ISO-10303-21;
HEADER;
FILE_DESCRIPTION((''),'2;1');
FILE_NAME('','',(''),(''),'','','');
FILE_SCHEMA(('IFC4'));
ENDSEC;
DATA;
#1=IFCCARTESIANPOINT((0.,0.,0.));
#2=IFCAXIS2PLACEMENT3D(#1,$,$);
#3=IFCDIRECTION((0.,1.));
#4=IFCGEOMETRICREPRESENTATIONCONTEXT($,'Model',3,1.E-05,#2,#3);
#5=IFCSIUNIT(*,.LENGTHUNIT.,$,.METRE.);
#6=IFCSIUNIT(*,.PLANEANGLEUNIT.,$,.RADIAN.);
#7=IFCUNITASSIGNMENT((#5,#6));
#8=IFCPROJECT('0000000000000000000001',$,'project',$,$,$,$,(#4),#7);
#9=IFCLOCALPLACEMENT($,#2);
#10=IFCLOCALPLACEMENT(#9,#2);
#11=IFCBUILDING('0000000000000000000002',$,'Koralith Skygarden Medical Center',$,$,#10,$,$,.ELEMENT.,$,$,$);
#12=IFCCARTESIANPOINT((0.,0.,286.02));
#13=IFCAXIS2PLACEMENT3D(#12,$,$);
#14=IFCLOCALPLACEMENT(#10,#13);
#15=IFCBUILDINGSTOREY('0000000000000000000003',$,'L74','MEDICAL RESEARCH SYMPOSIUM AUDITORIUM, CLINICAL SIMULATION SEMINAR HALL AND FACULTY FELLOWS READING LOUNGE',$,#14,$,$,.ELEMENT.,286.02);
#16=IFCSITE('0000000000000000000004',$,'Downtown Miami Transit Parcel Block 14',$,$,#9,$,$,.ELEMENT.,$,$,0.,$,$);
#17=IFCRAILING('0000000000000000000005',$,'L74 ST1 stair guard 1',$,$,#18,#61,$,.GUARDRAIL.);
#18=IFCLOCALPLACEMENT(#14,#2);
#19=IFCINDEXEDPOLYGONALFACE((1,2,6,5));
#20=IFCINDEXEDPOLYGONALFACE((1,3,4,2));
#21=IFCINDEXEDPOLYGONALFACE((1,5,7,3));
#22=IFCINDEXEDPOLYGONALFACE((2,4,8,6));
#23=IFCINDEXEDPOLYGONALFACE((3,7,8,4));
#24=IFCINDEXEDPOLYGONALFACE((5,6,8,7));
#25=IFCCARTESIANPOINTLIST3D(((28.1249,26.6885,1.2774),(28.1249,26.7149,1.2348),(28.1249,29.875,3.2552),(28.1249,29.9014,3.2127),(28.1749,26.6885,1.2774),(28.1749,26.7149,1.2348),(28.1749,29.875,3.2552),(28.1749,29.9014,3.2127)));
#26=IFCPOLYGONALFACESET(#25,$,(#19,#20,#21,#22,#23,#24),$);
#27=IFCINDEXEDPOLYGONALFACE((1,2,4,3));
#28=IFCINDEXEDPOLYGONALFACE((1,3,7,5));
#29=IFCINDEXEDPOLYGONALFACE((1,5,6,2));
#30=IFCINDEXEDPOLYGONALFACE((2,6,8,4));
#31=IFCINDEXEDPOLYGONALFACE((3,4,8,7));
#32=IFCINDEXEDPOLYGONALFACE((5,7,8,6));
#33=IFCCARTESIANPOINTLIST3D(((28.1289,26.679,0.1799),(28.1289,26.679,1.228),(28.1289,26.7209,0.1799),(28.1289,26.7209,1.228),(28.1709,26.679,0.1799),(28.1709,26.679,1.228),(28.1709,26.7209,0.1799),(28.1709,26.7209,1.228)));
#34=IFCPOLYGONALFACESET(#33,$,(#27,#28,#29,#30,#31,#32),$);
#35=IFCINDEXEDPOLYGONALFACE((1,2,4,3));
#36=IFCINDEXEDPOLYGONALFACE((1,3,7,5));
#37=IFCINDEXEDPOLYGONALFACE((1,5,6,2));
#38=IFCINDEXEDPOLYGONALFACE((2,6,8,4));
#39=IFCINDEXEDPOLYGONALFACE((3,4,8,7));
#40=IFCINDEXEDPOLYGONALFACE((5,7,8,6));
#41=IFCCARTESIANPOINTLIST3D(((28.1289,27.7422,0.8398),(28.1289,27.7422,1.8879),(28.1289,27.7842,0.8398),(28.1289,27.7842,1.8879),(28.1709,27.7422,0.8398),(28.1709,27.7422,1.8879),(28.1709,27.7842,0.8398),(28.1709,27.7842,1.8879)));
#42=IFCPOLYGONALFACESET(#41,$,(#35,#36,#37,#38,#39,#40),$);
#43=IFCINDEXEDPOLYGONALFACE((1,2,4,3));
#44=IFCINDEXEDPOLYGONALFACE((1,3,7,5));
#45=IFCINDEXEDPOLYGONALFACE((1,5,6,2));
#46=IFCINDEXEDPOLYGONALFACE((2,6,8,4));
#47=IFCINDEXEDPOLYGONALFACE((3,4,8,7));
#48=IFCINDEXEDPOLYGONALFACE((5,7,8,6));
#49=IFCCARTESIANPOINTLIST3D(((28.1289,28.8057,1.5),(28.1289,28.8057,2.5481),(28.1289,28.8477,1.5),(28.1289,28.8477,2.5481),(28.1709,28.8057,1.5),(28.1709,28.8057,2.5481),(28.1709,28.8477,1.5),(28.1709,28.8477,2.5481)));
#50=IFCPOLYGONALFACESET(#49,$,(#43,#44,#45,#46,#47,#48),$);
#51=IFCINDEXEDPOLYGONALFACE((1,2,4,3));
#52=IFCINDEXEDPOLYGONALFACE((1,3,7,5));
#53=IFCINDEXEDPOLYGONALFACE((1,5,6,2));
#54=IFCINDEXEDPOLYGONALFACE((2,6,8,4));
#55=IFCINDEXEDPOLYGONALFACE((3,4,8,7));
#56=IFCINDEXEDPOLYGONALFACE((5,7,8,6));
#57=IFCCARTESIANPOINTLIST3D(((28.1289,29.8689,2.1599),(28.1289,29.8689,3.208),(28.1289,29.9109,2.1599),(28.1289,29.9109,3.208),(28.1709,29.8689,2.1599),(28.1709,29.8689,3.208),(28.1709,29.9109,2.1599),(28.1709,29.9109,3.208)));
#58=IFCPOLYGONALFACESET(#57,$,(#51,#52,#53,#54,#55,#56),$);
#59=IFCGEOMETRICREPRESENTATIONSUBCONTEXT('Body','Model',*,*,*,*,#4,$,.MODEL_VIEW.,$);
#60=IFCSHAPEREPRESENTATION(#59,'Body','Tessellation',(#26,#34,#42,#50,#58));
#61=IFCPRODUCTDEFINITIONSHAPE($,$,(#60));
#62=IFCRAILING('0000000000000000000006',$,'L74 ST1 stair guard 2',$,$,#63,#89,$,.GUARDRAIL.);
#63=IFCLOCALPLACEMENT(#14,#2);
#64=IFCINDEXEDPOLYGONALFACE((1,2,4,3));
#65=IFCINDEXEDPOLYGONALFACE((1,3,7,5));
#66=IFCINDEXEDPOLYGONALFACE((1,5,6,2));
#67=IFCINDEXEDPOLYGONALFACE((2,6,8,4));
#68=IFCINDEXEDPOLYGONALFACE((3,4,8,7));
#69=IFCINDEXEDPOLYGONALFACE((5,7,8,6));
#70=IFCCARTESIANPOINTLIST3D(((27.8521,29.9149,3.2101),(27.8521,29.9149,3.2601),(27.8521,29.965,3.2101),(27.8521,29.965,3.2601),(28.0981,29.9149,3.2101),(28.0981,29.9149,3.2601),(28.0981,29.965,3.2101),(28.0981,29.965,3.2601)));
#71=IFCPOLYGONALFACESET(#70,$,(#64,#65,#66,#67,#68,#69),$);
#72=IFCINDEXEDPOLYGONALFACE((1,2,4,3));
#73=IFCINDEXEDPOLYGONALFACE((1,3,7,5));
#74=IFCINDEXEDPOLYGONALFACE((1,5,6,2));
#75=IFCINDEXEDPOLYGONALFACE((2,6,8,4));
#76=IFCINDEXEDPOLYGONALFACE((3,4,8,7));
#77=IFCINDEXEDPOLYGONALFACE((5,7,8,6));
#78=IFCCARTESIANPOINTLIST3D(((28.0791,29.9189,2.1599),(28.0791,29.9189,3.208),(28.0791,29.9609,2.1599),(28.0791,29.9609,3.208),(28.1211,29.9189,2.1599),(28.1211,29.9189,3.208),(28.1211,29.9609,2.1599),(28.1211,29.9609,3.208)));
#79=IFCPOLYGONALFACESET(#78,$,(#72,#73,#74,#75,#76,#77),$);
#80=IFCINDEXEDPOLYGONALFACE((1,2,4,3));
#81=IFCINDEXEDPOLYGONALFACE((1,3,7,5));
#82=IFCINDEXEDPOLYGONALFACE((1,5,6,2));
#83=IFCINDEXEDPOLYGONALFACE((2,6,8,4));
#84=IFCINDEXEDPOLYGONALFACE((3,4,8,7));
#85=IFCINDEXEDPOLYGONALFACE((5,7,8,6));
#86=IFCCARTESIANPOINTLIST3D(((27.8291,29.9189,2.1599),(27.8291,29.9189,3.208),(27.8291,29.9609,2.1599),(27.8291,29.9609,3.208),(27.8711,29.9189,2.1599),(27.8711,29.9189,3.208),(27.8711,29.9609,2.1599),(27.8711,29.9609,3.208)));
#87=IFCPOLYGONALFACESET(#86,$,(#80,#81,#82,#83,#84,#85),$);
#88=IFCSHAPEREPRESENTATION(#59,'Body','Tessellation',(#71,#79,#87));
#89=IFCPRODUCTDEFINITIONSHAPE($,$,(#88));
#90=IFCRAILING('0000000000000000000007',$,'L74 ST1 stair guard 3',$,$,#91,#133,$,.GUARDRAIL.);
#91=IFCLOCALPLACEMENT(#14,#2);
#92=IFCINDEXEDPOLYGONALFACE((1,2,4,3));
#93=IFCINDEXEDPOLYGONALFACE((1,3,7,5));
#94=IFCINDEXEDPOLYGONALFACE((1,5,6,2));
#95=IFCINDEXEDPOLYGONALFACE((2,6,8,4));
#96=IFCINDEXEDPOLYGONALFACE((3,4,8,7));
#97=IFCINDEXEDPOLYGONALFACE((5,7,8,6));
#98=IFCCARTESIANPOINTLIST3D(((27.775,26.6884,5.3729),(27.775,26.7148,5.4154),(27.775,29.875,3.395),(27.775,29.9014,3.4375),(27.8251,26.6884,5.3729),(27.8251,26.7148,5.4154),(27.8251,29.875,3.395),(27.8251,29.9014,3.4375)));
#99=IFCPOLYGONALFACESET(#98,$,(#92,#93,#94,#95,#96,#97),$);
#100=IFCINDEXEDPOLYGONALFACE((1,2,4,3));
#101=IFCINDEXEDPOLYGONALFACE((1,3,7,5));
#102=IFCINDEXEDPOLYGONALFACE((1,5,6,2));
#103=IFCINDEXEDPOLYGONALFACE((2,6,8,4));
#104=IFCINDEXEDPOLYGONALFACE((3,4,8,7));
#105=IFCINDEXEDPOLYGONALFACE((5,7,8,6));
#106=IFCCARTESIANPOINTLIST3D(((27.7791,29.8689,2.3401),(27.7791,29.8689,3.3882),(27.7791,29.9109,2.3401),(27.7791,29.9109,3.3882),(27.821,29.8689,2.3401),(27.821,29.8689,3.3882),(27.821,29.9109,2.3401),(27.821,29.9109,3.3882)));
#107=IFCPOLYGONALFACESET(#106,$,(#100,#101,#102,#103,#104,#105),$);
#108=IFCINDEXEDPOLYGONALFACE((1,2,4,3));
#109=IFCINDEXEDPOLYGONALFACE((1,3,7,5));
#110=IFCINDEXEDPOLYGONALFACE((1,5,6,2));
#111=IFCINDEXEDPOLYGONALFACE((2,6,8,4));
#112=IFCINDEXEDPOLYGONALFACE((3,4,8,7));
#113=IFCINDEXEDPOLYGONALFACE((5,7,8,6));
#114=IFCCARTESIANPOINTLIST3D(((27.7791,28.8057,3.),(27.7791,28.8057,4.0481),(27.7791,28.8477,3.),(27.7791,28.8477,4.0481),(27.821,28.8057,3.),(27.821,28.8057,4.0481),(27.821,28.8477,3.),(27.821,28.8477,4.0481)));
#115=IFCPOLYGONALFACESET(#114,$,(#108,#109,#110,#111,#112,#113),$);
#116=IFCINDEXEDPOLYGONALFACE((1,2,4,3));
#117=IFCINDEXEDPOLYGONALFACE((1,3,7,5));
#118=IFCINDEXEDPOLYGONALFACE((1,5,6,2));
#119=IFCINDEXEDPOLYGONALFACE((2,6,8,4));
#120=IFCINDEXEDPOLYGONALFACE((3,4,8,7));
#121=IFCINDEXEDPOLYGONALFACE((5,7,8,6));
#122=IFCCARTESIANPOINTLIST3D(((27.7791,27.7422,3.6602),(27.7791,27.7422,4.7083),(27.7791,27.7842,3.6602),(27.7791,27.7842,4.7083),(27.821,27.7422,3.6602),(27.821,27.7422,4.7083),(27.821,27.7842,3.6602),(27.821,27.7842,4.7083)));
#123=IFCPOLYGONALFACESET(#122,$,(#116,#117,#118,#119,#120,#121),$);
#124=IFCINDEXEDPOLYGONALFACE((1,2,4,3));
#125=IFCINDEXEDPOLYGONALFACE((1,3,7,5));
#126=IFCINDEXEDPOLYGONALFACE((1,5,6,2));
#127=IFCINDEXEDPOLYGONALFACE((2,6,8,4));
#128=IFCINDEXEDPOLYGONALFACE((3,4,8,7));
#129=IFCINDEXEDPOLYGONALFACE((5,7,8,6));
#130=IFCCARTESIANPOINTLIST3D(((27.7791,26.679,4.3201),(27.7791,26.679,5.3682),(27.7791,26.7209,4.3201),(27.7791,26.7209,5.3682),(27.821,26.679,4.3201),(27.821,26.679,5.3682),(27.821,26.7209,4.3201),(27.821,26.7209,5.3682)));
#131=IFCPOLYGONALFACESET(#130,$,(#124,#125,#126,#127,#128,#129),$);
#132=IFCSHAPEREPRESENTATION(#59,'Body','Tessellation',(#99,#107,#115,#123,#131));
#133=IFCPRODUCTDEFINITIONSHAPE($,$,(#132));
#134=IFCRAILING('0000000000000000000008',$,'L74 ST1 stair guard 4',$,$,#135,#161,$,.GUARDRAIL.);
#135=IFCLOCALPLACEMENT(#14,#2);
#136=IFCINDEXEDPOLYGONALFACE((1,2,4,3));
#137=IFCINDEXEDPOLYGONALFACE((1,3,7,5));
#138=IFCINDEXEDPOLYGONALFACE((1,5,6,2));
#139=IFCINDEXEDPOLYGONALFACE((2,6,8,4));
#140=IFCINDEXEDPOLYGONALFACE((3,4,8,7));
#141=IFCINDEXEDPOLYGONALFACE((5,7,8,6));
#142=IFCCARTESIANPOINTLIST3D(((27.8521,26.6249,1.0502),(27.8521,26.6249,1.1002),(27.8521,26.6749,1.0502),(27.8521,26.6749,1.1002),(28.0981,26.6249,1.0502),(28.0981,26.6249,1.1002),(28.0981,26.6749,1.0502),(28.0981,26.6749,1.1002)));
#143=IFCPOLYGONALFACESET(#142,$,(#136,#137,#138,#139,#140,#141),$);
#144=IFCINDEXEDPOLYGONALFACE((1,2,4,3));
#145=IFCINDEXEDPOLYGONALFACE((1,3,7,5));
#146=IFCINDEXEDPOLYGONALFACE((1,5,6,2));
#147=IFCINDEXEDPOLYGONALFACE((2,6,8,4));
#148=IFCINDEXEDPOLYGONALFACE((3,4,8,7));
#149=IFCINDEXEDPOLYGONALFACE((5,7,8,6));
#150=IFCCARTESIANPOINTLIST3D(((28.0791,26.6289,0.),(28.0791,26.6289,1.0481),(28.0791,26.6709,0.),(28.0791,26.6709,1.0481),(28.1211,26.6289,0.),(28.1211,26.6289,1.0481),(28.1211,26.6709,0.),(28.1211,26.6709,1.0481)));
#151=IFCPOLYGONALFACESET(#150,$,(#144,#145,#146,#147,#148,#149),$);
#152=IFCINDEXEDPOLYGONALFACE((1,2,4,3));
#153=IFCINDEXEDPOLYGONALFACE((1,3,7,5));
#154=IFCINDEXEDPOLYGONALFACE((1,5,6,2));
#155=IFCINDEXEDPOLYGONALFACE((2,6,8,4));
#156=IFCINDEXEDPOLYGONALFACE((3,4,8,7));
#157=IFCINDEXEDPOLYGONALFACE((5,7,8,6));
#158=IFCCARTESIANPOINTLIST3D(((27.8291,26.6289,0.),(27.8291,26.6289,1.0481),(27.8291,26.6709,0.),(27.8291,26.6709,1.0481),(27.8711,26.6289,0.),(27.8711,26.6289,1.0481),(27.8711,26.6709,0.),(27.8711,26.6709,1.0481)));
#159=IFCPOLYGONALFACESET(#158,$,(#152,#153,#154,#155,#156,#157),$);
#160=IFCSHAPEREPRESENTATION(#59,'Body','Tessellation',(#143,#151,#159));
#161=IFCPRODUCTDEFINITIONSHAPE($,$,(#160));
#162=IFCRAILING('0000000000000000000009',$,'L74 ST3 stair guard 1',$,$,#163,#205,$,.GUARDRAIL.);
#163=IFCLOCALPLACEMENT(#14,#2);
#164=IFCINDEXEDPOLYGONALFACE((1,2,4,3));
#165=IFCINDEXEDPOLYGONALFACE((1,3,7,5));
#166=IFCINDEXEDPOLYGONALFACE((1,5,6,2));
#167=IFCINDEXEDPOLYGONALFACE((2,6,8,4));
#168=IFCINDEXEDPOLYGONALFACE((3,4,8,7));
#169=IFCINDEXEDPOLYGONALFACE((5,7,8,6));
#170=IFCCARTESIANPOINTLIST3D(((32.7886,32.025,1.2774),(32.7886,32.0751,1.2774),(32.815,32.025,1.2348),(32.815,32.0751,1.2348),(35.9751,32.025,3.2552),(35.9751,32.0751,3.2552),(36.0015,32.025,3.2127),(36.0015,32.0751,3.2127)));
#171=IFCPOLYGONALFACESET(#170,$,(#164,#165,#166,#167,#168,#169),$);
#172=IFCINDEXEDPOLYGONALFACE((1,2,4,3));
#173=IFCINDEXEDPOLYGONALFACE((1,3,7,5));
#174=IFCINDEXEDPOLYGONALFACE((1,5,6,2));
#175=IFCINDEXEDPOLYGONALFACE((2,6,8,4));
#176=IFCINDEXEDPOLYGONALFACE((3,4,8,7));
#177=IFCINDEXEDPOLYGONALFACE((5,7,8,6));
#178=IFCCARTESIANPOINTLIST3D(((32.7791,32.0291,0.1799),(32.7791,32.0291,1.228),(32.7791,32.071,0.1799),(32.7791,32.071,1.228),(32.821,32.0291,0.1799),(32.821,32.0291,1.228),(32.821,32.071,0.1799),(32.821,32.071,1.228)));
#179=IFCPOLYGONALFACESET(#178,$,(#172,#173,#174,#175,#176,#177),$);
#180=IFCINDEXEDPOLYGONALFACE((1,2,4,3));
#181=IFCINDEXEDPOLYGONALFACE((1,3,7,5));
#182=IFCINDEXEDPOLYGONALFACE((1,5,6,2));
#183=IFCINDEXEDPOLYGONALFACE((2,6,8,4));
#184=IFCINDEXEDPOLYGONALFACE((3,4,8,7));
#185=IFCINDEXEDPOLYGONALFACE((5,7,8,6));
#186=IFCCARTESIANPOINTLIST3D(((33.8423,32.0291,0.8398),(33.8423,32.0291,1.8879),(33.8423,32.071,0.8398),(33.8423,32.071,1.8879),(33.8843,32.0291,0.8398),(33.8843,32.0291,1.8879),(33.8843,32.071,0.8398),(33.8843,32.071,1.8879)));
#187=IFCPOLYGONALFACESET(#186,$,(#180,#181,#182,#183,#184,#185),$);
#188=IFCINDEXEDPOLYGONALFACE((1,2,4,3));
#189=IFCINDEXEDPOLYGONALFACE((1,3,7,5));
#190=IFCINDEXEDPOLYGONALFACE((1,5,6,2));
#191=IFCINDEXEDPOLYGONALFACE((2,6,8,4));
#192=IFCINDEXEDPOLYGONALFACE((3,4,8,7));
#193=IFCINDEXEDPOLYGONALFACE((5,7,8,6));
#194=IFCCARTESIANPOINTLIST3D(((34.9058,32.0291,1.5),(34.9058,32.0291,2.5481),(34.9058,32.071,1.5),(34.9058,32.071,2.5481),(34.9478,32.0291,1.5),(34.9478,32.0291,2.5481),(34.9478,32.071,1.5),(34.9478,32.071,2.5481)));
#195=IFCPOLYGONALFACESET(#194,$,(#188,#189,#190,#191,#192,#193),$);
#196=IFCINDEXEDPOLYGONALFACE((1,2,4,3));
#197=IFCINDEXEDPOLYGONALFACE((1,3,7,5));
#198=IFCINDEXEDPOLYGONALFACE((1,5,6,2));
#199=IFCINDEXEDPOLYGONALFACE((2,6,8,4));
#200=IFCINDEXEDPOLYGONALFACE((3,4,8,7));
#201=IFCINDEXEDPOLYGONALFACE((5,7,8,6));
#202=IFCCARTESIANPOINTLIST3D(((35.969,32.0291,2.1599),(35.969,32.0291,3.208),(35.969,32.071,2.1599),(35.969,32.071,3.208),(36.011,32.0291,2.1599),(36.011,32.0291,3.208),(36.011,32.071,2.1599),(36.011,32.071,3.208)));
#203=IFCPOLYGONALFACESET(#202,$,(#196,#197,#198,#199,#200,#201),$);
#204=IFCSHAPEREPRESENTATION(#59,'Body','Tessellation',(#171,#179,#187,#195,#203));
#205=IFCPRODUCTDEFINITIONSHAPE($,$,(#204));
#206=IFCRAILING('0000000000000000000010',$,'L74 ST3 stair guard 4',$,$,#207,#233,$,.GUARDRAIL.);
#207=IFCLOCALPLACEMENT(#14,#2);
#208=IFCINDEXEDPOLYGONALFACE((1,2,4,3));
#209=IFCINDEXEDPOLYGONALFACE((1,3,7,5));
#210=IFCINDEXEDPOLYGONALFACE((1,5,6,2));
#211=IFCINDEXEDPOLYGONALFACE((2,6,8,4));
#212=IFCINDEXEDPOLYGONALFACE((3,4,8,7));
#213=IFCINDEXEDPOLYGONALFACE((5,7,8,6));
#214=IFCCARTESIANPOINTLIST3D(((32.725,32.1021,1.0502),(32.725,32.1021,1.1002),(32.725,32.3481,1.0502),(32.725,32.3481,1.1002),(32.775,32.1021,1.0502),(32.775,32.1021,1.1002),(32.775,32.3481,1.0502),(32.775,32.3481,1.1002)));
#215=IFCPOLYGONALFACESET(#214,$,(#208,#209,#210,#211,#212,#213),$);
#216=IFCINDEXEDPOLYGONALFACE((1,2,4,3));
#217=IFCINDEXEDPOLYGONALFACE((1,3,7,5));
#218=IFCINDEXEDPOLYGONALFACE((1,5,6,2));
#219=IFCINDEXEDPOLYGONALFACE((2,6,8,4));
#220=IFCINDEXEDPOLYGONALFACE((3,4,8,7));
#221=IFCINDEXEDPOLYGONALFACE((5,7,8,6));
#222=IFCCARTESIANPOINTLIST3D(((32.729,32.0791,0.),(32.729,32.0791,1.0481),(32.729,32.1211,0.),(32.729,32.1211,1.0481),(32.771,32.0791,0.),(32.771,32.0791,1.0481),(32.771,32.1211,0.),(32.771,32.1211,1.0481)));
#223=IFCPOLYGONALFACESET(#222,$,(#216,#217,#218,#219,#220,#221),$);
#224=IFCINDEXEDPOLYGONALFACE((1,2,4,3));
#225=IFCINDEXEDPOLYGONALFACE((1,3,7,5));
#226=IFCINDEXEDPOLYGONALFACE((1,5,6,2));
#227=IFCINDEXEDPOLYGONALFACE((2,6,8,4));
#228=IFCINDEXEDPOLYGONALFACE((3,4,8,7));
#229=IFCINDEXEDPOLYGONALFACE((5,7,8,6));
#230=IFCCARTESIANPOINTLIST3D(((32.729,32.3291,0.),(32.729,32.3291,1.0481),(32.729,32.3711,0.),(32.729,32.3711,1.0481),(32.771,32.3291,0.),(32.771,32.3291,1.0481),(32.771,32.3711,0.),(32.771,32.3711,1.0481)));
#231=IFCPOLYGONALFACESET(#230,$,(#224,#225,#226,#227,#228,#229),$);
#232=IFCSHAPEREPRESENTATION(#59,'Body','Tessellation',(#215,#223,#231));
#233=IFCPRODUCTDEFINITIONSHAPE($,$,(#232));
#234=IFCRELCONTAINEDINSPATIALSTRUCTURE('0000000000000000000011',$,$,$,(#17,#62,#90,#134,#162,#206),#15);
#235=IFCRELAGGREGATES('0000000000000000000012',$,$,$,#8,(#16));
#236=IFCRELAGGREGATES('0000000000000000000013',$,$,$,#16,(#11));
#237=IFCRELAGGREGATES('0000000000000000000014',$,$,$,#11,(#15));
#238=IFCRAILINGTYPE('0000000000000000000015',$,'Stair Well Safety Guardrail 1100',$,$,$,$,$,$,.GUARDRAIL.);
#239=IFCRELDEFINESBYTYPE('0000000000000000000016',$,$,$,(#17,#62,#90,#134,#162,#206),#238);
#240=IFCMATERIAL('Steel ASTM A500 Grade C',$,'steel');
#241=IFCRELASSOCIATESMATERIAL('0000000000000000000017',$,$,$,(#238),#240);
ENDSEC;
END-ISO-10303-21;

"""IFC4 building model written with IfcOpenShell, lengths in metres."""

from ifc_helpers import new_model, si_unit, direction, frame, origin, origin_2d, place, context, subcontext, project, spatial, rectangle, extrude, material, type_object, element, save


model = new_model("IFC4")

# Units and contexts
model_context = context("Model", 3, precision=1e-05, world=origin(), true_north=direction((0.0, 1.0)))
body_context = subcontext(model_context, "Body", "Model", "MODEL_VIEW")
ifc_project = project(units=[si_unit("LENGTHUNIT", "METRE"), si_unit("PLANEANGLEUNIT", "RADIAN")], contexts=[model_context])

# Site, building, storey
site_placement = place(None, origin())
site = spatial("IfcSite", under=ifc_project, at=site_placement, Name="Downtown Miami Transit Parcel Block 14", CompositionType="ELEMENT", RefElevation=0.0)
building_placement = place(site_placement, origin())
building = spatial("IfcBuilding", under=site, at=building_placement, Name="Koralith Skygarden Medical Center", CompositionType="ELEMENT")
storey_placement = place(building_placement, frame((0.0, 0.0, 286.02)))
storey = spatial("IfcBuildingStorey", under=building, at=storey_placement, Name="L74", Description="MEDICAL RESEARCH SYMPOSIUM AUDITORIUM, CLINICAL SIMULATION SEMINAR HALL AND FACULTY FELLOWS READING LOUNGE", CompositionType="ELEMENT", Elevation=286.02)

# Railings
ifc_material_1 = material(Name="Steel ASTM A500 Grade C", Category="steel")
railing_type_1 = type_object("IfcRailingType", Name="Stair Well Safety Guardrail 1100", PredefinedType="GUARDRAIL", material=ifc_material_1)
railing_1_placement = place(storey_placement, frame((28.1499, 26.7, 0.1799)))
element("IfcRailing", 1, at=railing_1_placement, inside=storey, type_object=railing_type_1, Name="L74 ST1 stair guard 1", PredefinedType="GUARDRAIL", context=body_context, shape_type="SweptSolid", body=[
    extrude(rectangle(XDim=0.05, YDim=0.05, at=origin_2d()), frame((0.0, 0.0017, 1.0762), z_axis=(0.0, 0.849638, 0.527366), x_axis=(-1.0, 0.0, 0.0)), (0.0, 0.0, 1.0), 3.7505),
    extrude(rectangle(XDim=0.042, YDim=0.042, at=origin_2d()), origin(), (0.0, 0.0, 1.0), 1.0481),
    extrude(rectangle(XDim=0.042, YDim=0.042, at=origin_2d()), frame((0.0, 1.0632, 0.6599)), (0.0, 0.0, 1.0), 1.0481),
    extrude(rectangle(XDim=0.042, YDim=0.042, at=origin_2d()), frame((0.0, 2.1267, 1.3201)), (0.0, 0.0, 1.0), 1.0481),
    extrude(rectangle(XDim=0.042, YDim=0.042, at=origin_2d()), frame((0.0, 3.1899, 1.98)), (0.0, 0.0, 1.0), 1.0481),
])
railing_2_placement = place(storey_placement, frame((28.1001, 29.9399, 2.1599)))
element("IfcRailing", 2, at=railing_2_placement, inside=storey, type_object=railing_type_1, Name="L74 ST1 stair guard 2", PredefinedType="GUARDRAIL", context=body_context, shape_type="SweptSolid", body=[
    extrude(rectangle(XDim=0.05, YDim=0.05, at=origin_2d()), frame((-0.002, 0.0, 1.0752), z_axis=(-1.0, 0.0, 0.0), x_axis=(0.0, -1.0, 0.0)), (0.0, 0.0, 1.0), 0.2461),
    extrude(rectangle(XDim=0.042, YDim=0.042, at=origin_2d()), origin(), (0.0, 0.0, 1.0), 1.0481),
    extrude(rectangle(XDim=0.042, YDim=0.042, at=origin_2d()), frame((-0.25, 0.0, 0.0)), (0.0, 0.0, 1.0), 1.0481),
])
railing_3_placement = place(storey_placement, frame((27.8, 29.8899, 2.3401)))
element("IfcRailing", 3, at=railing_3_placement, inside=storey, type_object=railing_type_1, Name="L74 ST1 stair guard 3", PredefinedType="GUARDRAIL", context=body_context, shape_type="SweptSolid", body=[
    extrude(rectangle(XDim=0.05, YDim=0.05, at=origin_2d()), frame((0.0, -0.0017, 1.0762), z_axis=(0.0, -0.849638, 0.527366), x_axis=(1.0, 0.0, 0.0)), (0.0, 0.0, 1.0), 3.7505),
    extrude(rectangle(XDim=0.042, YDim=0.042, at=origin_2d()), origin(), (0.0, 0.0, 1.0), 1.0481),
    extrude(rectangle(XDim=0.042, YDim=0.042, at=origin_2d()), frame((0.0, -1.0632, 0.6599)), (0.0, 0.0, 1.0), 1.0481),
    extrude(rectangle(XDim=0.042, YDim=0.042, at=origin_2d()), frame((0.0, -2.1267, 1.3201)), (0.0, 0.0, 1.0), 1.0481),
    extrude(rectangle(XDim=0.042, YDim=0.042, at=origin_2d()), frame((0.0, -3.1899, 1.98)), (0.0, 0.0, 1.0), 1.0481),
])
railing_4_placement = place(storey_placement, frame((28.1001, 26.6499, 0.0)))
element("IfcRailing", 4, at=railing_4_placement, inside=storey, type_object=railing_type_1, Name="L74 ST1 stair guard 4", PredefinedType="GUARDRAIL", context=body_context, shape_type="SweptSolid", body=[
    extrude(rectangle(XDim=0.05, YDim=0.05, at=origin_2d()), frame((-0.002, 0.0, 1.0752), z_axis=(-1.0, 0.0, 0.0), x_axis=(0.0, -1.0, 0.0)), (0.0, 0.0, 1.0), 0.2461),
    extrude(rectangle(XDim=0.042, YDim=0.042, at=origin_2d()), origin(), (0.0, 0.0, 1.0), 1.0481),
    extrude(rectangle(XDim=0.042, YDim=0.042, at=origin_2d()), frame((-0.25, 0.0, 0.0)), (0.0, 0.0, 1.0), 1.0481),
])
railing_5_placement = place(storey_placement, frame((32.8, 32.05, 0.1799)))
element("IfcRailing", 5, at=railing_5_placement, inside=storey, type_object=railing_type_1, Name="L74 ST3 stair guard 1", PredefinedType="GUARDRAIL", context=body_context, shape_type="SweptSolid", body=[
    extrude(rectangle(XDim=0.05, YDim=0.05, at=origin_2d()), frame((0.0017, 0.0, 1.0762), z_axis=(0.849638, 0.0, 0.527366), x_axis=(0.0, 1.0, 0.0)), (0.0, 0.0, 1.0), 3.7505),
    extrude(rectangle(XDim=0.042, YDim=0.042, at=origin_2d()), origin(), (0.0, 0.0, 1.0), 1.0481),
    extrude(rectangle(XDim=0.042, YDim=0.042, at=origin_2d()), frame((1.0632, 0.0, 0.6599)), (0.0, 0.0, 1.0), 1.0481),
    extrude(rectangle(XDim=0.042, YDim=0.042, at=origin_2d()), frame((2.1267, 0.0, 1.3201)), (0.0, 0.0, 1.0), 1.0481),
    extrude(rectangle(XDim=0.042, YDim=0.042, at=origin_2d()), frame((3.1899, 0.0, 1.98)), (0.0, 0.0, 1.0), 1.0481),
])
railing_6_placement = place(storey_placement, frame((32.75, 32.1001, 0.0)))
element("IfcRailing", 6, at=railing_6_placement, inside=storey, type_object=railing_type_1, Name="L74 ST3 stair guard 4", PredefinedType="GUARDRAIL", context=body_context, shape_type="SweptSolid", body=[
    extrude(rectangle(XDim=0.05, YDim=0.05, at=origin_2d()), frame((0.0, 0.002, 1.0752), z_axis=(0.0, 1.0, 0.0), x_axis=(-1.0, 0.0, 0.0)), (0.0, 0.0, 1.0), 0.2461),
    extrude(rectangle(XDim=0.042, YDim=0.042, at=origin_2d()), origin(), (0.0, 0.0, 1.0), 1.0481),
    extrude(rectangle(XDim=0.042, YDim=0.042, at=origin_2d()), frame((0.0, 0.25, 0.0)), (0.0, 0.0, 1.0), 1.0481),
])

save(model, "model.ifc")
